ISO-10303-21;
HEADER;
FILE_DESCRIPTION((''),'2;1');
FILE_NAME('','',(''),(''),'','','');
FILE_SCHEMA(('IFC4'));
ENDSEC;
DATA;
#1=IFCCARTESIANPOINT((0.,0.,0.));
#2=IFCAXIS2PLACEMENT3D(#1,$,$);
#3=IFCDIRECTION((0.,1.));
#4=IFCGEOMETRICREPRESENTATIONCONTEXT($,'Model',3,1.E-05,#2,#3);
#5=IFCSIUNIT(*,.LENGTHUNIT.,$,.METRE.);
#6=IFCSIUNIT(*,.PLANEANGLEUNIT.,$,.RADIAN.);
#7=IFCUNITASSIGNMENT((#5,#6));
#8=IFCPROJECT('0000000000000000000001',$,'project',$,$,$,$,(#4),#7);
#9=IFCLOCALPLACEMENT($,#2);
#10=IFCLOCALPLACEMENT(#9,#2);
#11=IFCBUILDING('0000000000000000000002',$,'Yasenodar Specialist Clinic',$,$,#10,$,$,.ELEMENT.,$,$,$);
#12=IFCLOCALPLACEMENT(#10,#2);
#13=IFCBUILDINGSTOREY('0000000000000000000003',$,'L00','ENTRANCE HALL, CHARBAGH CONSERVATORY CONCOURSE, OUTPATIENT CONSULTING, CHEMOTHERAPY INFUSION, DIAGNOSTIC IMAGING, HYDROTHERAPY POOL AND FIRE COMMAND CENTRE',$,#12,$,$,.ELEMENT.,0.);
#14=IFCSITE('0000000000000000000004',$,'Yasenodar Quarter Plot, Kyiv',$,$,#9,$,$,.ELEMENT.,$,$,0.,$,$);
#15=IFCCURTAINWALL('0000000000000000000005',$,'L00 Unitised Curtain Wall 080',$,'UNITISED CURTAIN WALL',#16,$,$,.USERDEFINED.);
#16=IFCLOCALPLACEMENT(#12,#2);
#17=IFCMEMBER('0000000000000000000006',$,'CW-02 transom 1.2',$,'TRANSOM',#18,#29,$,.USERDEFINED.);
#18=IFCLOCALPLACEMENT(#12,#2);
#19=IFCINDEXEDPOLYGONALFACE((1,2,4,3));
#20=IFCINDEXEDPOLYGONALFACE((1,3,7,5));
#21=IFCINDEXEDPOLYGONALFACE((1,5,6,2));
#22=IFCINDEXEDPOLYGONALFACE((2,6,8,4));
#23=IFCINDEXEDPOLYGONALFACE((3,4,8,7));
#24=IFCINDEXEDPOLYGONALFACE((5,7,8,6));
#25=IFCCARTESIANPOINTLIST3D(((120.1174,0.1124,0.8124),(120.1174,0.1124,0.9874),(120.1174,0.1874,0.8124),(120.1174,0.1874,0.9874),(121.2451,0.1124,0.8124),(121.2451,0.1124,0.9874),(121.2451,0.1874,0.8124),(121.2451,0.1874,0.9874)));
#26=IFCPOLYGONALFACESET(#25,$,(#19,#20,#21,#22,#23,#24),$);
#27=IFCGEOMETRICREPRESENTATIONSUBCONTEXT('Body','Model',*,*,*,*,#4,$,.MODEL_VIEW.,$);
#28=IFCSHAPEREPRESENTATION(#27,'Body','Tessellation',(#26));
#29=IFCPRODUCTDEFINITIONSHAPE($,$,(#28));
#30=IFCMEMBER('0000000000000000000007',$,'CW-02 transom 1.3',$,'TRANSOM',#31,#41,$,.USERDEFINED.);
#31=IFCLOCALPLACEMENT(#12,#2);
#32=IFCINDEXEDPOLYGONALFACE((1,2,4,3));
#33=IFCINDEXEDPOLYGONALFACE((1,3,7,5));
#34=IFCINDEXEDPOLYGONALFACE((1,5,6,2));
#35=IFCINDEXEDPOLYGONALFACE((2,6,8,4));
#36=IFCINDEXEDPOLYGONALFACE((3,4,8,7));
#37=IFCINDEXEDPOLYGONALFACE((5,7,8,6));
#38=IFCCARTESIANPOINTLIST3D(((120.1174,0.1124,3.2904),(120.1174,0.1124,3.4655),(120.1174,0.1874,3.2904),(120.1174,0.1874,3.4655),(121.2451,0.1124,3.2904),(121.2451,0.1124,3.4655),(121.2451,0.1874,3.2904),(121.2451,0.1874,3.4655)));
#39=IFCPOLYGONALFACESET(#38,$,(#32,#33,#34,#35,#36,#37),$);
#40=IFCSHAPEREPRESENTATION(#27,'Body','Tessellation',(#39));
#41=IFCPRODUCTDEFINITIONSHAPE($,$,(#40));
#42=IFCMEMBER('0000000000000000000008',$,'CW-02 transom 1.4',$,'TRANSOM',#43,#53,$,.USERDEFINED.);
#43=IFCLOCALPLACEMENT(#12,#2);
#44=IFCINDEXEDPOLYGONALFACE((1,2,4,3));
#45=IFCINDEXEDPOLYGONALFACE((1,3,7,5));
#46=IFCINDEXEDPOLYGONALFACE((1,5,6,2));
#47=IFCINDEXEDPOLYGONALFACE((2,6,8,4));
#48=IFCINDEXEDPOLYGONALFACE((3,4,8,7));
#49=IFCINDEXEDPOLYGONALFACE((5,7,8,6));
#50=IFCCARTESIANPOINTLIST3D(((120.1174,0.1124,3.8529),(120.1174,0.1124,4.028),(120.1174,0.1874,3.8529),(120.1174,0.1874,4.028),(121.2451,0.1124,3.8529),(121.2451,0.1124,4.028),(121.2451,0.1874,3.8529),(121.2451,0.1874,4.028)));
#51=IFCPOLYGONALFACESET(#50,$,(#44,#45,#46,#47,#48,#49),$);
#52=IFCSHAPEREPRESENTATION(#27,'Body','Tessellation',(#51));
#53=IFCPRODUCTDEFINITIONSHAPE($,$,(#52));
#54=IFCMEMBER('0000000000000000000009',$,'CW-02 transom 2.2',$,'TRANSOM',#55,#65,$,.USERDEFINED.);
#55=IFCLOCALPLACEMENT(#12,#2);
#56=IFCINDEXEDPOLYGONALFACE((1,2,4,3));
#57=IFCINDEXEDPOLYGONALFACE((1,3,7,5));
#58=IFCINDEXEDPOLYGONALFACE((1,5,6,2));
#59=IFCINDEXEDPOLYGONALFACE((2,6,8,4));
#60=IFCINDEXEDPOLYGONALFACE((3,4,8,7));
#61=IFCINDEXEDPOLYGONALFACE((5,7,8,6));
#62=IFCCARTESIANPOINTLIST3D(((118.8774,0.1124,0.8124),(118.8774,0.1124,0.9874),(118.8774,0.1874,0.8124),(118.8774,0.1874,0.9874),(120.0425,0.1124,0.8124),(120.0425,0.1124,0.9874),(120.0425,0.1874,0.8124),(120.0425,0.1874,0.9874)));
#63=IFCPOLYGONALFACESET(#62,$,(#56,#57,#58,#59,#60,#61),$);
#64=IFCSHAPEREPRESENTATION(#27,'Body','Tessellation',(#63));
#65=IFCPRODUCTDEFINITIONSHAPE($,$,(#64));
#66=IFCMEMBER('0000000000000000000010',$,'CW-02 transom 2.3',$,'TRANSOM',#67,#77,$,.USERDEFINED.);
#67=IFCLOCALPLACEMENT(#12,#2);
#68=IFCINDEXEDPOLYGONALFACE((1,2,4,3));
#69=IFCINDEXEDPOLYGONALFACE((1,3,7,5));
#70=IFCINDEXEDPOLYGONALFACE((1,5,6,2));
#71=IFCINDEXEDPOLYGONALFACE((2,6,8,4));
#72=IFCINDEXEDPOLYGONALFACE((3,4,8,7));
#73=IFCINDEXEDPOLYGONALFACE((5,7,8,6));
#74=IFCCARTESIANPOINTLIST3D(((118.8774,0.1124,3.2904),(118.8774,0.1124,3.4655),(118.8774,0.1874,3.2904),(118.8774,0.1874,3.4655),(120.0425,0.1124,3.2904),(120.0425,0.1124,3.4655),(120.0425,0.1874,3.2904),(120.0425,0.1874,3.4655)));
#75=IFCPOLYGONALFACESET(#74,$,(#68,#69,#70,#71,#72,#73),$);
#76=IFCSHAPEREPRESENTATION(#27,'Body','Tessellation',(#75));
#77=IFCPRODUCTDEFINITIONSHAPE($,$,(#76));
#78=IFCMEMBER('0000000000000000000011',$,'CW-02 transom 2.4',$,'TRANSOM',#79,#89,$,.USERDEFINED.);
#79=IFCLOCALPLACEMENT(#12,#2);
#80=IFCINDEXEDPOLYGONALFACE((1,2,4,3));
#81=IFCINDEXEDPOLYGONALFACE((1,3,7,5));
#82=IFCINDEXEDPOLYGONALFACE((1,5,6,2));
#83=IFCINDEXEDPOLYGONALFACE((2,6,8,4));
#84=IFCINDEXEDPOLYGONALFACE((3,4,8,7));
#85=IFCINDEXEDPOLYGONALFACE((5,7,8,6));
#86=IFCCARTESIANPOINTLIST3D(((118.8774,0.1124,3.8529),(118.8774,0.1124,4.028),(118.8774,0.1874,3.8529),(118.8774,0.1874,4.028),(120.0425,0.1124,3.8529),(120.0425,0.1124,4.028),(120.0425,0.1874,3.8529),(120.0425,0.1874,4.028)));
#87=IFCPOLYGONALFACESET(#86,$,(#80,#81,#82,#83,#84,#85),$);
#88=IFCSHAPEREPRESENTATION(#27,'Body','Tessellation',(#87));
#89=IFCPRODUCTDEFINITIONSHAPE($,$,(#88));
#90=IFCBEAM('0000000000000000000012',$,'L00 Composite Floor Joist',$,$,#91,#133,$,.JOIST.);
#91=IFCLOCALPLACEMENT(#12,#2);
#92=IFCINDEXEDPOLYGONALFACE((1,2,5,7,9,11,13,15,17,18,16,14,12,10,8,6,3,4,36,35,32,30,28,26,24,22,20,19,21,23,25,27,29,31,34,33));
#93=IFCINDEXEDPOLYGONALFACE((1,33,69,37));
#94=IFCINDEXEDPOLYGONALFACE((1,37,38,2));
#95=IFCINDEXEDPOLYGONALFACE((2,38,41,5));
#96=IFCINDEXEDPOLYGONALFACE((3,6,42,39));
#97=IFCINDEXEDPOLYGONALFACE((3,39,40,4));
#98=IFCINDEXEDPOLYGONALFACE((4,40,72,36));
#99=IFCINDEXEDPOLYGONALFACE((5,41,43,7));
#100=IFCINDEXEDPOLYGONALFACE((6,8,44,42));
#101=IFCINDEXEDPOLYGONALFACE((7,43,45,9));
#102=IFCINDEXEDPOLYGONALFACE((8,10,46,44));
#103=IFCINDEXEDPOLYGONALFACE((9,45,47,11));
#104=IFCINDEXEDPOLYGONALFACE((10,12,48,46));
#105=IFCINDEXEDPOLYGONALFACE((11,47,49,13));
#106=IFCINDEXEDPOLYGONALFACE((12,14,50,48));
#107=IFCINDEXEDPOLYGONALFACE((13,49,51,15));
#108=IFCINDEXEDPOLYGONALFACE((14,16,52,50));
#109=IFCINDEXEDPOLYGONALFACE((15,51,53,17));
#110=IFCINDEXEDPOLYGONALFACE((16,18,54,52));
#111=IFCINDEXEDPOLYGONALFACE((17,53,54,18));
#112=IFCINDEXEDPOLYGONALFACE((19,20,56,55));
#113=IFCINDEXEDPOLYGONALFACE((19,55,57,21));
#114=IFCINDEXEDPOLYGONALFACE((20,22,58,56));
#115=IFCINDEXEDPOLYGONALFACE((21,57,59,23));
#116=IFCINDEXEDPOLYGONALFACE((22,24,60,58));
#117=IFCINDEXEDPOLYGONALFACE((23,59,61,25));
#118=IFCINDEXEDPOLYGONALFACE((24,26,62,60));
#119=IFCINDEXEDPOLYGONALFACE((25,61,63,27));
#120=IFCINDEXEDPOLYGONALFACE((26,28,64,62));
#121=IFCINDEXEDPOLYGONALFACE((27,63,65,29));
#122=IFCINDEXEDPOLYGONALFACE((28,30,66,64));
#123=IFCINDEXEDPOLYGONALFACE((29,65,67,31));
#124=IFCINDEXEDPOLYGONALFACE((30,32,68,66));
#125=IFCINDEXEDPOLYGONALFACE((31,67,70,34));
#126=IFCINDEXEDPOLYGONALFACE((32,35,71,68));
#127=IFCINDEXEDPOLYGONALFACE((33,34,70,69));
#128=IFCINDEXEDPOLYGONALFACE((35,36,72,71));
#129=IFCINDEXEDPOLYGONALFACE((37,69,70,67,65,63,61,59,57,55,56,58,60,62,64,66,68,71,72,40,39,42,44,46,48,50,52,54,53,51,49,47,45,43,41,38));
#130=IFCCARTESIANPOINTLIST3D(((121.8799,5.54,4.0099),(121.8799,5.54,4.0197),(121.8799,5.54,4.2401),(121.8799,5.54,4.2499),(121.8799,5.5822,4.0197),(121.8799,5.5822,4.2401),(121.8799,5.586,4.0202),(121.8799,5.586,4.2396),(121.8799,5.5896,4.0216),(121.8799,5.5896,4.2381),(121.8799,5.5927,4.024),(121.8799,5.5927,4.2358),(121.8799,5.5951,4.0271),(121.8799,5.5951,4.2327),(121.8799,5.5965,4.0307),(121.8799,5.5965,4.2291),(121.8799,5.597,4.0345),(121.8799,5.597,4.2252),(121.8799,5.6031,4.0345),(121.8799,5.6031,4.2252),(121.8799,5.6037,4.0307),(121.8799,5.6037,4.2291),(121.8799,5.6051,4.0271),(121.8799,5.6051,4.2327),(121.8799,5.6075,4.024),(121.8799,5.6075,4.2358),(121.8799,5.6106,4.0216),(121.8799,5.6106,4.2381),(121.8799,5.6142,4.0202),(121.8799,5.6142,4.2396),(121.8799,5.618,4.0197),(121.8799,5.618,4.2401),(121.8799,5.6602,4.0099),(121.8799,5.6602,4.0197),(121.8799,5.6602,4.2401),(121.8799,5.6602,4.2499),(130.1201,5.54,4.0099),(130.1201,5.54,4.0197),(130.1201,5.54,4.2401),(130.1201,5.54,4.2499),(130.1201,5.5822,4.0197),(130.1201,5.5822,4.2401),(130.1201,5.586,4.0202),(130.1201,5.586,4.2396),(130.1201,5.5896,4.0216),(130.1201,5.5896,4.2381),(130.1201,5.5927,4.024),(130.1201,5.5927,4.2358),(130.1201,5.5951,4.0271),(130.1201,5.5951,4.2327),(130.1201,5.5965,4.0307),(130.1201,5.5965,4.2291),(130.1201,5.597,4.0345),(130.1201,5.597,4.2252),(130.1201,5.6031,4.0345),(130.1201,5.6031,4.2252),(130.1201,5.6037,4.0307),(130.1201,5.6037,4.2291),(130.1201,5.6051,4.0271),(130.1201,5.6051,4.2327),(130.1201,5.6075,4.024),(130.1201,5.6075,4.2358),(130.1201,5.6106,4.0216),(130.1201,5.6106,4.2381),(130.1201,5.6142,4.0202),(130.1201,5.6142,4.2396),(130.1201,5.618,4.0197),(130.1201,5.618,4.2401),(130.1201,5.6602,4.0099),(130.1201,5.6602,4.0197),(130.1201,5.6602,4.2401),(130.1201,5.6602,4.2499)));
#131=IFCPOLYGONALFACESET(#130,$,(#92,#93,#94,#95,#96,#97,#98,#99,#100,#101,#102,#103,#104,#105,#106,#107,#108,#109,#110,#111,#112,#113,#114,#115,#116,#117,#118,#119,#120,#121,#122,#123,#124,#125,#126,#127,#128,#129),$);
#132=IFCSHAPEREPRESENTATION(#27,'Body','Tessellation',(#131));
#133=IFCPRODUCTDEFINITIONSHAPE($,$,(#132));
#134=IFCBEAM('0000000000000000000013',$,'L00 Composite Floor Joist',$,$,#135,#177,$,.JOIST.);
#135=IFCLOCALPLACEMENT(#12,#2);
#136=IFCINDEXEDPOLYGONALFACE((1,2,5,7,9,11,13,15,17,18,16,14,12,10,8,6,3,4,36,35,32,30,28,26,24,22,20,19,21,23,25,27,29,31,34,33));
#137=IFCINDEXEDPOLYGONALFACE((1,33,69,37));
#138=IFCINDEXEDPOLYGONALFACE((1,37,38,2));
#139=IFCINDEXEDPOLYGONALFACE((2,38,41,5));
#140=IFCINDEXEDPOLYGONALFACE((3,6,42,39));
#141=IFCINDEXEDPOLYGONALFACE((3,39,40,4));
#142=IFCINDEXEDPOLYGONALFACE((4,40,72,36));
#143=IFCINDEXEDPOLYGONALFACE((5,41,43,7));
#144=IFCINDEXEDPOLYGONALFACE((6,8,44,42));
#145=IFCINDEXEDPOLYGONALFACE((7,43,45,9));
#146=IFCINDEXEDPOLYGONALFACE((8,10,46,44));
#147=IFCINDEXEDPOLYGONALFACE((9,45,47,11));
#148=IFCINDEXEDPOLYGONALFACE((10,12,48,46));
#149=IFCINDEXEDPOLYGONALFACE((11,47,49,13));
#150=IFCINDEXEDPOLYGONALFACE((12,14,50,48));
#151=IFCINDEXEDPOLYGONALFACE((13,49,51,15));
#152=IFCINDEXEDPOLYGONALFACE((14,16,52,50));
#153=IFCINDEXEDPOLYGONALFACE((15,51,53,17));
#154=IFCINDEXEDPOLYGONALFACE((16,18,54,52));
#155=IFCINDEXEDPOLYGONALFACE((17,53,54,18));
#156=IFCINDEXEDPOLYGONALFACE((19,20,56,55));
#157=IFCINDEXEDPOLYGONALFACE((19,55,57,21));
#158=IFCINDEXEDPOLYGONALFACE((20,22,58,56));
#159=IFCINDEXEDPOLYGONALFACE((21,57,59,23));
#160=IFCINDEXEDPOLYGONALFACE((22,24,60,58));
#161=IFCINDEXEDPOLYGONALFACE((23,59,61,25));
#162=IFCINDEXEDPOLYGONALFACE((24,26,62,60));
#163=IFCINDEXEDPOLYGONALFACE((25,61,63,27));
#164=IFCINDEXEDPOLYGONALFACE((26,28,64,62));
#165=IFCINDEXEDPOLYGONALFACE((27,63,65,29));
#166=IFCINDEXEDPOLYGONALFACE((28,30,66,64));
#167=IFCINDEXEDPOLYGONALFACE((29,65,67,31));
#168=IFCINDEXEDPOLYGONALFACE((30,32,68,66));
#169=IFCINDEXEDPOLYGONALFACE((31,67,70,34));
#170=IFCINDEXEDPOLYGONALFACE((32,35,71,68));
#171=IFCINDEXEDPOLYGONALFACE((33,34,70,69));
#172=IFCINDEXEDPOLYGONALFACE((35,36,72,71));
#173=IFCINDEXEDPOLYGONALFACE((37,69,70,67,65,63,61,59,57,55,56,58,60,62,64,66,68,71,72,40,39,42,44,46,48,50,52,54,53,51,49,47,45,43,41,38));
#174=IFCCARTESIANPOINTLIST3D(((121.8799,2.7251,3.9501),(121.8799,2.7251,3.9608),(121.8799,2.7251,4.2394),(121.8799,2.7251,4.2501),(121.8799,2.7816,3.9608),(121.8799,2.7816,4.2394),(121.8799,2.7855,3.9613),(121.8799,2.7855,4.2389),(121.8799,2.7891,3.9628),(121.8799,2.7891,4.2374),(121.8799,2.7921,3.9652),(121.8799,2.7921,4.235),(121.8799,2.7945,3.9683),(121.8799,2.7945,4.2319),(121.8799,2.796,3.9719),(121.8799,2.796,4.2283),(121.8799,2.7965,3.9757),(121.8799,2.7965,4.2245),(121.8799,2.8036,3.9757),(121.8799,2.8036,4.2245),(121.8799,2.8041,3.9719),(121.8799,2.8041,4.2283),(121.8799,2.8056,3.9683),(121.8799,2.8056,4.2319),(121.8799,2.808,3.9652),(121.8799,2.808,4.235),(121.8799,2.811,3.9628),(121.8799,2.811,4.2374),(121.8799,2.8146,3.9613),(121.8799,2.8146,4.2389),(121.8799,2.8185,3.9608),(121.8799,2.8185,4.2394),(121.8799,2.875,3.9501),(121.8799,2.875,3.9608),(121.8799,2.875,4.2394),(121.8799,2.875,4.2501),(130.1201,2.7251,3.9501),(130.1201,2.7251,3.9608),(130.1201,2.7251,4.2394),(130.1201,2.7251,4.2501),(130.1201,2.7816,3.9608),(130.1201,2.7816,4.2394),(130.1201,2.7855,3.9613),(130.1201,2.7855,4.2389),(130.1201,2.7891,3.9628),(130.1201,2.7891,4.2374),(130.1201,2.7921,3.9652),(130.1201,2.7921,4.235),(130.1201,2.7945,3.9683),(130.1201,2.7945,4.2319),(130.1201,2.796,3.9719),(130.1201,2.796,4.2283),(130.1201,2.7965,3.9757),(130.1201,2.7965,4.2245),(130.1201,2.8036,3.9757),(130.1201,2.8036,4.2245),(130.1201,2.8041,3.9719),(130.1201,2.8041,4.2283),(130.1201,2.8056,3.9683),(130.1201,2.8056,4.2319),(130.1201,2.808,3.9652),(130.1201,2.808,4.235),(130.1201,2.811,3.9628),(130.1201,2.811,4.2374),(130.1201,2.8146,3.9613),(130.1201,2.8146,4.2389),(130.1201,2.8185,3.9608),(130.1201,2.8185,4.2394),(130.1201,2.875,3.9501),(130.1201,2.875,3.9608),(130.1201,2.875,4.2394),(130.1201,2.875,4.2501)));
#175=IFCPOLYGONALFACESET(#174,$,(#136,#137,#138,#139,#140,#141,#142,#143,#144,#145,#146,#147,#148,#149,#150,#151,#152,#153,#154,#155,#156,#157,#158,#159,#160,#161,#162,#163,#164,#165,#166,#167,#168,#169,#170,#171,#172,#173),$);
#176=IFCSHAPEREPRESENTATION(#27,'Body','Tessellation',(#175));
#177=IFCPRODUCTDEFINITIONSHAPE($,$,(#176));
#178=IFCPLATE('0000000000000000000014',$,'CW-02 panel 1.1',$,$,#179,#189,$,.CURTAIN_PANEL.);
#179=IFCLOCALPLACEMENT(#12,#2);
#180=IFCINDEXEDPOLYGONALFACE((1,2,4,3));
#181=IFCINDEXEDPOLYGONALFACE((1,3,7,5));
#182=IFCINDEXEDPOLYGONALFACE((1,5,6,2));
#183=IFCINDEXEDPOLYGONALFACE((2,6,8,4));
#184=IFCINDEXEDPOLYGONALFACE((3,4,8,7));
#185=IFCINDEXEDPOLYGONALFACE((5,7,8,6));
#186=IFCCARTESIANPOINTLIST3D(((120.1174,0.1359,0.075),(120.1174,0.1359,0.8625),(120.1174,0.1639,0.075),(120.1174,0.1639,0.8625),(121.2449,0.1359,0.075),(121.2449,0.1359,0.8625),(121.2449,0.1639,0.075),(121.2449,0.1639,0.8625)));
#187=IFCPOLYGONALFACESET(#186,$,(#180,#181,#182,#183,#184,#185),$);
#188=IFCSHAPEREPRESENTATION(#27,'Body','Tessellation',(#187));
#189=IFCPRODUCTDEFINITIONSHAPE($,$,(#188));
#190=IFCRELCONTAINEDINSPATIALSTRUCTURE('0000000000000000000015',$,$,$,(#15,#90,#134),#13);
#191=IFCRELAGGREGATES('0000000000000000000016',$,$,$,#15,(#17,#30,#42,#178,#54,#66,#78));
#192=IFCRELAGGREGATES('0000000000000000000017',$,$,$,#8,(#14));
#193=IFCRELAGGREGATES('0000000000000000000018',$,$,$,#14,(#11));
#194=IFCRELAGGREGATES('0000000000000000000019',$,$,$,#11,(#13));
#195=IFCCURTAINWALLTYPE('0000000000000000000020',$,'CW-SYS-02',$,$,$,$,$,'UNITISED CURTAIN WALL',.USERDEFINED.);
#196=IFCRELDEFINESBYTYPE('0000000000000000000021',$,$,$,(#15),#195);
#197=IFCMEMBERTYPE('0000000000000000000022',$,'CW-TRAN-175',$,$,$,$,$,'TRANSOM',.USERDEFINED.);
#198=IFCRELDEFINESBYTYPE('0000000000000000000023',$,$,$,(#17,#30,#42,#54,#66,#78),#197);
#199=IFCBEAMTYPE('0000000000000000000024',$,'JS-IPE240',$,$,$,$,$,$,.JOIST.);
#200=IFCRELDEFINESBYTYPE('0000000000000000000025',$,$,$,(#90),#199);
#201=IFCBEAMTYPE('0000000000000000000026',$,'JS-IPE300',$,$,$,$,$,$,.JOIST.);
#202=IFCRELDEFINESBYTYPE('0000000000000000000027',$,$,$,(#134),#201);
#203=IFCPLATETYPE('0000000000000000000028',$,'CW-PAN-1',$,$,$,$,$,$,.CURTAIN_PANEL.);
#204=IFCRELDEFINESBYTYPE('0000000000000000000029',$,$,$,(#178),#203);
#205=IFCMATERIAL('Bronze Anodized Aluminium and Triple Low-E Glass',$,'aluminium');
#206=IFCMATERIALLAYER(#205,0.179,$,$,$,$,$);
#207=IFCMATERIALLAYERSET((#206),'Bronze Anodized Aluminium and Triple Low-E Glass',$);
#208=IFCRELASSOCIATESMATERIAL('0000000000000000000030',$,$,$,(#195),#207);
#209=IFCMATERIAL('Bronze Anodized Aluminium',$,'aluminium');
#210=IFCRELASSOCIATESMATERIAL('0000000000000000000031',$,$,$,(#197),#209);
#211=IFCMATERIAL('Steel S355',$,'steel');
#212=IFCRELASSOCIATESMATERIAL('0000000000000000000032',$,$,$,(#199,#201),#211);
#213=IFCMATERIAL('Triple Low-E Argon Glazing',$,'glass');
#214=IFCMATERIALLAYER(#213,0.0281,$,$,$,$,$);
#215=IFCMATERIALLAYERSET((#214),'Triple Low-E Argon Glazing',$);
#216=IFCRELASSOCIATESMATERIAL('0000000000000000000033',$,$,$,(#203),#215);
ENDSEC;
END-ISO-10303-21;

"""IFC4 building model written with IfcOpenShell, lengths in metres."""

from ifc_helpers import new_model, si_unit, direction, frame, origin, origin_2d, place, context, subcontext, project, spatial, rectangle, i_section, extrude, material, layer, layer_set, material_profile, profile_set, type_object, element, aggregate, save


model = new_model("IFC4")

# Units and contexts
model_context = context("Model", 3, precision=1e-05, world=origin(), true_north=direction((0.0, 1.0)))
body_context = subcontext(model_context, "Body", "Model", "MODEL_VIEW")
ifc_project = project(units=[si_unit("LENGTHUNIT", "METRE"), si_unit("PLANEANGLEUNIT", "RADIAN")], contexts=[model_context])

# Site, building, storey
site_placement = place(None, origin())
site = spatial("IfcSite", under=ifc_project, at=site_placement, Name="Yasenodar Quarter Plot, Kyiv", CompositionType="ELEMENT", RefElevation=0.0)
building_placement = place(site_placement, origin())
building = spatial("IfcBuilding", under=site, at=building_placement, Name="Yasenodar Specialist Clinic", CompositionType="ELEMENT")
storey_placement = place(building_placement, origin())
storey = spatial("IfcBuildingStorey", under=building, at=storey_placement, Name="L00", Description="ENTRANCE HALL, CHARBAGH CONSERVATORY CONCOURSE, OUTPATIENT CONSULTING, CHEMOTHERAPY INFUSION, DIAGNOSTIC IMAGING, HYDROTHERAPY POOL AND FIRE COMMAND CENTRE", CompositionType="ELEMENT", Elevation=0.0)

# Shared definitions
ifc_material_1 = material(Name="Steel S355", Category="steel")

# Curtain wall, members
ifc_material_2 = material(Name="Bronze Anodized Aluminium and Triple Low-E Glass", Category="aluminium")
ifc_layer_1 = layer(ifc_material_2, 0.179)
ifc_layer_set_1 = layer_set([ifc_layer_1], Name="Bronze Anodized Aluminium and Triple Low-E Glass")
curtain_wall_type = type_object("IfcCurtainWallType", Name="CW-SYS-02", ElementType="UNITISED CURTAIN WALL", PredefinedType="USERDEFINED", material=ifc_layer_set_1)
curtain_wall_placement = place(storey_placement, origin())
curtain_wall = element("IfcCurtainWall", 1, at=curtain_wall_placement, inside=storey, type_object=curtain_wall_type, Name="L00 Unitised Curtain Wall 080", ObjectType="UNITISED CURTAIN WALL", PredefinedType="USERDEFINED")
ifc_material_3 = material(Name="Bronze Anodized Aluminium", Category="aluminium")
ifc_material_profile_1 = material_profile(ifc_material_3, rectangle(XDim=0.075, YDim=0.175, at=origin_2d()), Name="CW-TRAN 75x175")
ifc_profile_set_1 = profile_set([ifc_material_profile_1], Name="Bronze Anodized Aluminium")
member_type_1 = type_object("IfcMemberType", Name="CW-TRAN-175", ElementType="TRANSOM", PredefinedType="USERDEFINED", material=ifc_profile_set_1)
member_1_placement = place(storey_placement, frame((121.2451, 0.1499, 0.8999), z_axis=(-1.0, 0.0, 0.0), x_axis=(0.0, -1.0, 0.0)))
member_1 = element("IfcMember", 2, at=member_1_placement, type_object=member_type_1, Name="CW-02 transom 1.2", ObjectType="TRANSOM", PredefinedType="USERDEFINED", context=body_context, shape_type="SweptSolid", body=[
    extrude(rectangle(XDim=0.075, YDim=0.175, at=origin_2d()), origin(), (0.0, 0.0, 1.0), 1.1277),
])
member_2_placement = place(storey_placement, frame((121.2451, 0.1499, 3.3779), z_axis=(-1.0, 0.0, 0.0), x_axis=(0.0, -1.0, 0.0)))
member_2 = element("IfcMember", 3, at=member_2_placement, type_object=member_type_1, Name="CW-02 transom 1.3", ObjectType="TRANSOM", PredefinedType="USERDEFINED", context=body_context, shape_type="SweptSolid", body=[
    extrude(rectangle(XDim=0.075, YDim=0.175, at=origin_2d()), origin(), (0.0, 0.0, 1.0), 1.1277),
])
member_3_placement = place(storey_placement, frame((121.2451, 0.1499, 3.9404), z_axis=(-1.0, 0.0, 0.0), x_axis=(0.0, -1.0, 0.0)))
member_3 = element("IfcMember", 4, at=member_3_placement, type_object=member_type_1, Name="CW-02 transom 1.4", ObjectType="TRANSOM", PredefinedType="USERDEFINED", context=body_context, shape_type="SweptSolid", body=[
    extrude(rectangle(XDim=0.075, YDim=0.175, at=origin_2d()), origin(), (0.0, 0.0, 1.0), 1.1277),
])
member_4_placement = place(storey_placement, frame((120.0425, 0.1499, 0.8999), z_axis=(-1.0, 0.0, 0.0), x_axis=(0.0, -1.0, 0.0)))
member_4 = element("IfcMember", 5, at=member_4_placement, type_object=member_type_1, Name="CW-02 transom 2.2", ObjectType="TRANSOM", PredefinedType="USERDEFINED", context=body_context, shape_type="SweptSolid", body=[
    extrude(rectangle(XDim=0.075, YDim=0.175, at=origin_2d()), origin(), (0.0, 0.0, 1.0), 1.165),
])
member_5_placement = place(storey_placement, frame((120.0425, 0.1499, 3.3779), z_axis=(-1.0, 0.0, 0.0), x_axis=(0.0, -1.0, 0.0)))
member_5 = element("IfcMember", 6, at=member_5_placement, type_object=member_type_1, Name="CW-02 transom 2.3", ObjectType="TRANSOM", PredefinedType="USERDEFINED", context=body_context, shape_type="SweptSolid", body=[
    extrude(rectangle(XDim=0.075, YDim=0.175, at=origin_2d()), origin(), (0.0, 0.0, 1.0), 1.165),
])
member_6_placement = place(storey_placement, frame((120.0425, 0.1499, 3.9404), z_axis=(-1.0, 0.0, 0.0), x_axis=(0.0, -1.0, 0.0)))
member_6 = element("IfcMember", 7, at=member_6_placement, type_object=member_type_1, Name="CW-02 transom 2.4", ObjectType="TRANSOM", PredefinedType="USERDEFINED", context=body_context, shape_type="SweptSolid", body=[
    extrude(rectangle(XDim=0.075, YDim=0.175, at=origin_2d()), origin(), (0.0, 0.0, 1.0), 1.165),
])

# Beams
ifc_material_profile_2 = material_profile(ifc_material_1, i_section(OverallWidth=0.1201, OverallDepth=0.24, WebThickness=0.0061, FlangeThickness=0.0098, FilletRadius=0.0149, at=origin_2d()), Name="IPE 240")
ifc_profile_set_2 = profile_set([ifc_material_profile_2], Name="Steel S355")
beam_type_1 = type_object("IfcBeamType", Name="JS-IPE240", PredefinedType="JOIST", material=ifc_profile_set_2)
beam_1_placement = place(storey_placement, frame((121.8799, 5.6001, 4.1299), z_axis=(1.0, 0.0, 0.0), x_axis=(0.0, 1.0, 0.0)))
element("IfcBeam", 8, at=beam_1_placement, inside=storey, type_object=beam_type_1, Name="L00 Composite Floor Joist", PredefinedType="JOIST", context=body_context, shape_type="SweptSolid", body=[
    extrude(i_section(OverallWidth=0.1201, OverallDepth=0.24, WebThickness=0.0061, FlangeThickness=0.0098, FilletRadius=0.0149, at=origin_2d()), origin(), (0.0, 0.0, 1.0), 8.2402),
])
ifc_material_profile_3 = material_profile(ifc_material_1, i_section(OverallWidth=0.1499, OverallDepth=0.3, WebThickness=0.0071, FlangeThickness=0.0107, FilletRadius=0.0149, at=origin_2d()), Name="IPE 300")
ifc_profile_set_3 = profile_set([ifc_material_profile_3], Name="Steel S355")
beam_type_2 = type_object("IfcBeamType", Name="JS-IPE300", PredefinedType="JOIST", material=ifc_profile_set_3)
beam_2_placement = place(storey_placement, frame((121.8799, 2.8, 4.1001), z_axis=(1.0, 0.0, 0.0), x_axis=(0.0, 1.0, 0.0)))
element("IfcBeam", 9, at=beam_2_placement, inside=storey, type_object=beam_type_2, Name="L00 Composite Floor Joist", PredefinedType="JOIST", context=body_context, shape_type="SweptSolid", body=[
    extrude(i_section(OverallWidth=0.1499, OverallDepth=0.3, WebThickness=0.0071, FlangeThickness=0.0107, FilletRadius=0.0149, at=origin_2d()), origin(), (0.0, 0.0, 1.0), 8.2402),
])

# Plate
ifc_material_4 = material(Name="Triple Low-E Argon Glazing", Category="glass")
ifc_layer_2 = layer(ifc_material_4, 0.0281)
ifc_layer_set_2 = layer_set([ifc_layer_2], Name="Triple Low-E Argon Glazing")
plate_type = type_object("IfcPlateType", Name="CW-PAN-1", PredefinedType="CURTAIN_PANEL", material=ifc_layer_set_2)
plate_1_placement = place(storey_placement, frame((120.6812, 0.1499, 0.075), z_axis=(0.0, 0.0, 1.0), x_axis=(-1.0, 0.0, 0.0)))
plate_1 = element("IfcPlate", 10, at=plate_1_placement, type_object=plate_type, Name="CW-02 panel 1.1", PredefinedType="CURTAIN_PANEL", context=body_context, shape_type="SweptSolid", body=[
    extrude(rectangle(XDim=1.1274, YDim=0.0281, at=origin_2d()), origin(), (0.0, 0.0, 1.0), 0.7876),
])
aggregate(curtain_wall, [member_1, member_2, member_3, plate_1, member_4, member_5, member_6])

save(model, "model.ifc")
